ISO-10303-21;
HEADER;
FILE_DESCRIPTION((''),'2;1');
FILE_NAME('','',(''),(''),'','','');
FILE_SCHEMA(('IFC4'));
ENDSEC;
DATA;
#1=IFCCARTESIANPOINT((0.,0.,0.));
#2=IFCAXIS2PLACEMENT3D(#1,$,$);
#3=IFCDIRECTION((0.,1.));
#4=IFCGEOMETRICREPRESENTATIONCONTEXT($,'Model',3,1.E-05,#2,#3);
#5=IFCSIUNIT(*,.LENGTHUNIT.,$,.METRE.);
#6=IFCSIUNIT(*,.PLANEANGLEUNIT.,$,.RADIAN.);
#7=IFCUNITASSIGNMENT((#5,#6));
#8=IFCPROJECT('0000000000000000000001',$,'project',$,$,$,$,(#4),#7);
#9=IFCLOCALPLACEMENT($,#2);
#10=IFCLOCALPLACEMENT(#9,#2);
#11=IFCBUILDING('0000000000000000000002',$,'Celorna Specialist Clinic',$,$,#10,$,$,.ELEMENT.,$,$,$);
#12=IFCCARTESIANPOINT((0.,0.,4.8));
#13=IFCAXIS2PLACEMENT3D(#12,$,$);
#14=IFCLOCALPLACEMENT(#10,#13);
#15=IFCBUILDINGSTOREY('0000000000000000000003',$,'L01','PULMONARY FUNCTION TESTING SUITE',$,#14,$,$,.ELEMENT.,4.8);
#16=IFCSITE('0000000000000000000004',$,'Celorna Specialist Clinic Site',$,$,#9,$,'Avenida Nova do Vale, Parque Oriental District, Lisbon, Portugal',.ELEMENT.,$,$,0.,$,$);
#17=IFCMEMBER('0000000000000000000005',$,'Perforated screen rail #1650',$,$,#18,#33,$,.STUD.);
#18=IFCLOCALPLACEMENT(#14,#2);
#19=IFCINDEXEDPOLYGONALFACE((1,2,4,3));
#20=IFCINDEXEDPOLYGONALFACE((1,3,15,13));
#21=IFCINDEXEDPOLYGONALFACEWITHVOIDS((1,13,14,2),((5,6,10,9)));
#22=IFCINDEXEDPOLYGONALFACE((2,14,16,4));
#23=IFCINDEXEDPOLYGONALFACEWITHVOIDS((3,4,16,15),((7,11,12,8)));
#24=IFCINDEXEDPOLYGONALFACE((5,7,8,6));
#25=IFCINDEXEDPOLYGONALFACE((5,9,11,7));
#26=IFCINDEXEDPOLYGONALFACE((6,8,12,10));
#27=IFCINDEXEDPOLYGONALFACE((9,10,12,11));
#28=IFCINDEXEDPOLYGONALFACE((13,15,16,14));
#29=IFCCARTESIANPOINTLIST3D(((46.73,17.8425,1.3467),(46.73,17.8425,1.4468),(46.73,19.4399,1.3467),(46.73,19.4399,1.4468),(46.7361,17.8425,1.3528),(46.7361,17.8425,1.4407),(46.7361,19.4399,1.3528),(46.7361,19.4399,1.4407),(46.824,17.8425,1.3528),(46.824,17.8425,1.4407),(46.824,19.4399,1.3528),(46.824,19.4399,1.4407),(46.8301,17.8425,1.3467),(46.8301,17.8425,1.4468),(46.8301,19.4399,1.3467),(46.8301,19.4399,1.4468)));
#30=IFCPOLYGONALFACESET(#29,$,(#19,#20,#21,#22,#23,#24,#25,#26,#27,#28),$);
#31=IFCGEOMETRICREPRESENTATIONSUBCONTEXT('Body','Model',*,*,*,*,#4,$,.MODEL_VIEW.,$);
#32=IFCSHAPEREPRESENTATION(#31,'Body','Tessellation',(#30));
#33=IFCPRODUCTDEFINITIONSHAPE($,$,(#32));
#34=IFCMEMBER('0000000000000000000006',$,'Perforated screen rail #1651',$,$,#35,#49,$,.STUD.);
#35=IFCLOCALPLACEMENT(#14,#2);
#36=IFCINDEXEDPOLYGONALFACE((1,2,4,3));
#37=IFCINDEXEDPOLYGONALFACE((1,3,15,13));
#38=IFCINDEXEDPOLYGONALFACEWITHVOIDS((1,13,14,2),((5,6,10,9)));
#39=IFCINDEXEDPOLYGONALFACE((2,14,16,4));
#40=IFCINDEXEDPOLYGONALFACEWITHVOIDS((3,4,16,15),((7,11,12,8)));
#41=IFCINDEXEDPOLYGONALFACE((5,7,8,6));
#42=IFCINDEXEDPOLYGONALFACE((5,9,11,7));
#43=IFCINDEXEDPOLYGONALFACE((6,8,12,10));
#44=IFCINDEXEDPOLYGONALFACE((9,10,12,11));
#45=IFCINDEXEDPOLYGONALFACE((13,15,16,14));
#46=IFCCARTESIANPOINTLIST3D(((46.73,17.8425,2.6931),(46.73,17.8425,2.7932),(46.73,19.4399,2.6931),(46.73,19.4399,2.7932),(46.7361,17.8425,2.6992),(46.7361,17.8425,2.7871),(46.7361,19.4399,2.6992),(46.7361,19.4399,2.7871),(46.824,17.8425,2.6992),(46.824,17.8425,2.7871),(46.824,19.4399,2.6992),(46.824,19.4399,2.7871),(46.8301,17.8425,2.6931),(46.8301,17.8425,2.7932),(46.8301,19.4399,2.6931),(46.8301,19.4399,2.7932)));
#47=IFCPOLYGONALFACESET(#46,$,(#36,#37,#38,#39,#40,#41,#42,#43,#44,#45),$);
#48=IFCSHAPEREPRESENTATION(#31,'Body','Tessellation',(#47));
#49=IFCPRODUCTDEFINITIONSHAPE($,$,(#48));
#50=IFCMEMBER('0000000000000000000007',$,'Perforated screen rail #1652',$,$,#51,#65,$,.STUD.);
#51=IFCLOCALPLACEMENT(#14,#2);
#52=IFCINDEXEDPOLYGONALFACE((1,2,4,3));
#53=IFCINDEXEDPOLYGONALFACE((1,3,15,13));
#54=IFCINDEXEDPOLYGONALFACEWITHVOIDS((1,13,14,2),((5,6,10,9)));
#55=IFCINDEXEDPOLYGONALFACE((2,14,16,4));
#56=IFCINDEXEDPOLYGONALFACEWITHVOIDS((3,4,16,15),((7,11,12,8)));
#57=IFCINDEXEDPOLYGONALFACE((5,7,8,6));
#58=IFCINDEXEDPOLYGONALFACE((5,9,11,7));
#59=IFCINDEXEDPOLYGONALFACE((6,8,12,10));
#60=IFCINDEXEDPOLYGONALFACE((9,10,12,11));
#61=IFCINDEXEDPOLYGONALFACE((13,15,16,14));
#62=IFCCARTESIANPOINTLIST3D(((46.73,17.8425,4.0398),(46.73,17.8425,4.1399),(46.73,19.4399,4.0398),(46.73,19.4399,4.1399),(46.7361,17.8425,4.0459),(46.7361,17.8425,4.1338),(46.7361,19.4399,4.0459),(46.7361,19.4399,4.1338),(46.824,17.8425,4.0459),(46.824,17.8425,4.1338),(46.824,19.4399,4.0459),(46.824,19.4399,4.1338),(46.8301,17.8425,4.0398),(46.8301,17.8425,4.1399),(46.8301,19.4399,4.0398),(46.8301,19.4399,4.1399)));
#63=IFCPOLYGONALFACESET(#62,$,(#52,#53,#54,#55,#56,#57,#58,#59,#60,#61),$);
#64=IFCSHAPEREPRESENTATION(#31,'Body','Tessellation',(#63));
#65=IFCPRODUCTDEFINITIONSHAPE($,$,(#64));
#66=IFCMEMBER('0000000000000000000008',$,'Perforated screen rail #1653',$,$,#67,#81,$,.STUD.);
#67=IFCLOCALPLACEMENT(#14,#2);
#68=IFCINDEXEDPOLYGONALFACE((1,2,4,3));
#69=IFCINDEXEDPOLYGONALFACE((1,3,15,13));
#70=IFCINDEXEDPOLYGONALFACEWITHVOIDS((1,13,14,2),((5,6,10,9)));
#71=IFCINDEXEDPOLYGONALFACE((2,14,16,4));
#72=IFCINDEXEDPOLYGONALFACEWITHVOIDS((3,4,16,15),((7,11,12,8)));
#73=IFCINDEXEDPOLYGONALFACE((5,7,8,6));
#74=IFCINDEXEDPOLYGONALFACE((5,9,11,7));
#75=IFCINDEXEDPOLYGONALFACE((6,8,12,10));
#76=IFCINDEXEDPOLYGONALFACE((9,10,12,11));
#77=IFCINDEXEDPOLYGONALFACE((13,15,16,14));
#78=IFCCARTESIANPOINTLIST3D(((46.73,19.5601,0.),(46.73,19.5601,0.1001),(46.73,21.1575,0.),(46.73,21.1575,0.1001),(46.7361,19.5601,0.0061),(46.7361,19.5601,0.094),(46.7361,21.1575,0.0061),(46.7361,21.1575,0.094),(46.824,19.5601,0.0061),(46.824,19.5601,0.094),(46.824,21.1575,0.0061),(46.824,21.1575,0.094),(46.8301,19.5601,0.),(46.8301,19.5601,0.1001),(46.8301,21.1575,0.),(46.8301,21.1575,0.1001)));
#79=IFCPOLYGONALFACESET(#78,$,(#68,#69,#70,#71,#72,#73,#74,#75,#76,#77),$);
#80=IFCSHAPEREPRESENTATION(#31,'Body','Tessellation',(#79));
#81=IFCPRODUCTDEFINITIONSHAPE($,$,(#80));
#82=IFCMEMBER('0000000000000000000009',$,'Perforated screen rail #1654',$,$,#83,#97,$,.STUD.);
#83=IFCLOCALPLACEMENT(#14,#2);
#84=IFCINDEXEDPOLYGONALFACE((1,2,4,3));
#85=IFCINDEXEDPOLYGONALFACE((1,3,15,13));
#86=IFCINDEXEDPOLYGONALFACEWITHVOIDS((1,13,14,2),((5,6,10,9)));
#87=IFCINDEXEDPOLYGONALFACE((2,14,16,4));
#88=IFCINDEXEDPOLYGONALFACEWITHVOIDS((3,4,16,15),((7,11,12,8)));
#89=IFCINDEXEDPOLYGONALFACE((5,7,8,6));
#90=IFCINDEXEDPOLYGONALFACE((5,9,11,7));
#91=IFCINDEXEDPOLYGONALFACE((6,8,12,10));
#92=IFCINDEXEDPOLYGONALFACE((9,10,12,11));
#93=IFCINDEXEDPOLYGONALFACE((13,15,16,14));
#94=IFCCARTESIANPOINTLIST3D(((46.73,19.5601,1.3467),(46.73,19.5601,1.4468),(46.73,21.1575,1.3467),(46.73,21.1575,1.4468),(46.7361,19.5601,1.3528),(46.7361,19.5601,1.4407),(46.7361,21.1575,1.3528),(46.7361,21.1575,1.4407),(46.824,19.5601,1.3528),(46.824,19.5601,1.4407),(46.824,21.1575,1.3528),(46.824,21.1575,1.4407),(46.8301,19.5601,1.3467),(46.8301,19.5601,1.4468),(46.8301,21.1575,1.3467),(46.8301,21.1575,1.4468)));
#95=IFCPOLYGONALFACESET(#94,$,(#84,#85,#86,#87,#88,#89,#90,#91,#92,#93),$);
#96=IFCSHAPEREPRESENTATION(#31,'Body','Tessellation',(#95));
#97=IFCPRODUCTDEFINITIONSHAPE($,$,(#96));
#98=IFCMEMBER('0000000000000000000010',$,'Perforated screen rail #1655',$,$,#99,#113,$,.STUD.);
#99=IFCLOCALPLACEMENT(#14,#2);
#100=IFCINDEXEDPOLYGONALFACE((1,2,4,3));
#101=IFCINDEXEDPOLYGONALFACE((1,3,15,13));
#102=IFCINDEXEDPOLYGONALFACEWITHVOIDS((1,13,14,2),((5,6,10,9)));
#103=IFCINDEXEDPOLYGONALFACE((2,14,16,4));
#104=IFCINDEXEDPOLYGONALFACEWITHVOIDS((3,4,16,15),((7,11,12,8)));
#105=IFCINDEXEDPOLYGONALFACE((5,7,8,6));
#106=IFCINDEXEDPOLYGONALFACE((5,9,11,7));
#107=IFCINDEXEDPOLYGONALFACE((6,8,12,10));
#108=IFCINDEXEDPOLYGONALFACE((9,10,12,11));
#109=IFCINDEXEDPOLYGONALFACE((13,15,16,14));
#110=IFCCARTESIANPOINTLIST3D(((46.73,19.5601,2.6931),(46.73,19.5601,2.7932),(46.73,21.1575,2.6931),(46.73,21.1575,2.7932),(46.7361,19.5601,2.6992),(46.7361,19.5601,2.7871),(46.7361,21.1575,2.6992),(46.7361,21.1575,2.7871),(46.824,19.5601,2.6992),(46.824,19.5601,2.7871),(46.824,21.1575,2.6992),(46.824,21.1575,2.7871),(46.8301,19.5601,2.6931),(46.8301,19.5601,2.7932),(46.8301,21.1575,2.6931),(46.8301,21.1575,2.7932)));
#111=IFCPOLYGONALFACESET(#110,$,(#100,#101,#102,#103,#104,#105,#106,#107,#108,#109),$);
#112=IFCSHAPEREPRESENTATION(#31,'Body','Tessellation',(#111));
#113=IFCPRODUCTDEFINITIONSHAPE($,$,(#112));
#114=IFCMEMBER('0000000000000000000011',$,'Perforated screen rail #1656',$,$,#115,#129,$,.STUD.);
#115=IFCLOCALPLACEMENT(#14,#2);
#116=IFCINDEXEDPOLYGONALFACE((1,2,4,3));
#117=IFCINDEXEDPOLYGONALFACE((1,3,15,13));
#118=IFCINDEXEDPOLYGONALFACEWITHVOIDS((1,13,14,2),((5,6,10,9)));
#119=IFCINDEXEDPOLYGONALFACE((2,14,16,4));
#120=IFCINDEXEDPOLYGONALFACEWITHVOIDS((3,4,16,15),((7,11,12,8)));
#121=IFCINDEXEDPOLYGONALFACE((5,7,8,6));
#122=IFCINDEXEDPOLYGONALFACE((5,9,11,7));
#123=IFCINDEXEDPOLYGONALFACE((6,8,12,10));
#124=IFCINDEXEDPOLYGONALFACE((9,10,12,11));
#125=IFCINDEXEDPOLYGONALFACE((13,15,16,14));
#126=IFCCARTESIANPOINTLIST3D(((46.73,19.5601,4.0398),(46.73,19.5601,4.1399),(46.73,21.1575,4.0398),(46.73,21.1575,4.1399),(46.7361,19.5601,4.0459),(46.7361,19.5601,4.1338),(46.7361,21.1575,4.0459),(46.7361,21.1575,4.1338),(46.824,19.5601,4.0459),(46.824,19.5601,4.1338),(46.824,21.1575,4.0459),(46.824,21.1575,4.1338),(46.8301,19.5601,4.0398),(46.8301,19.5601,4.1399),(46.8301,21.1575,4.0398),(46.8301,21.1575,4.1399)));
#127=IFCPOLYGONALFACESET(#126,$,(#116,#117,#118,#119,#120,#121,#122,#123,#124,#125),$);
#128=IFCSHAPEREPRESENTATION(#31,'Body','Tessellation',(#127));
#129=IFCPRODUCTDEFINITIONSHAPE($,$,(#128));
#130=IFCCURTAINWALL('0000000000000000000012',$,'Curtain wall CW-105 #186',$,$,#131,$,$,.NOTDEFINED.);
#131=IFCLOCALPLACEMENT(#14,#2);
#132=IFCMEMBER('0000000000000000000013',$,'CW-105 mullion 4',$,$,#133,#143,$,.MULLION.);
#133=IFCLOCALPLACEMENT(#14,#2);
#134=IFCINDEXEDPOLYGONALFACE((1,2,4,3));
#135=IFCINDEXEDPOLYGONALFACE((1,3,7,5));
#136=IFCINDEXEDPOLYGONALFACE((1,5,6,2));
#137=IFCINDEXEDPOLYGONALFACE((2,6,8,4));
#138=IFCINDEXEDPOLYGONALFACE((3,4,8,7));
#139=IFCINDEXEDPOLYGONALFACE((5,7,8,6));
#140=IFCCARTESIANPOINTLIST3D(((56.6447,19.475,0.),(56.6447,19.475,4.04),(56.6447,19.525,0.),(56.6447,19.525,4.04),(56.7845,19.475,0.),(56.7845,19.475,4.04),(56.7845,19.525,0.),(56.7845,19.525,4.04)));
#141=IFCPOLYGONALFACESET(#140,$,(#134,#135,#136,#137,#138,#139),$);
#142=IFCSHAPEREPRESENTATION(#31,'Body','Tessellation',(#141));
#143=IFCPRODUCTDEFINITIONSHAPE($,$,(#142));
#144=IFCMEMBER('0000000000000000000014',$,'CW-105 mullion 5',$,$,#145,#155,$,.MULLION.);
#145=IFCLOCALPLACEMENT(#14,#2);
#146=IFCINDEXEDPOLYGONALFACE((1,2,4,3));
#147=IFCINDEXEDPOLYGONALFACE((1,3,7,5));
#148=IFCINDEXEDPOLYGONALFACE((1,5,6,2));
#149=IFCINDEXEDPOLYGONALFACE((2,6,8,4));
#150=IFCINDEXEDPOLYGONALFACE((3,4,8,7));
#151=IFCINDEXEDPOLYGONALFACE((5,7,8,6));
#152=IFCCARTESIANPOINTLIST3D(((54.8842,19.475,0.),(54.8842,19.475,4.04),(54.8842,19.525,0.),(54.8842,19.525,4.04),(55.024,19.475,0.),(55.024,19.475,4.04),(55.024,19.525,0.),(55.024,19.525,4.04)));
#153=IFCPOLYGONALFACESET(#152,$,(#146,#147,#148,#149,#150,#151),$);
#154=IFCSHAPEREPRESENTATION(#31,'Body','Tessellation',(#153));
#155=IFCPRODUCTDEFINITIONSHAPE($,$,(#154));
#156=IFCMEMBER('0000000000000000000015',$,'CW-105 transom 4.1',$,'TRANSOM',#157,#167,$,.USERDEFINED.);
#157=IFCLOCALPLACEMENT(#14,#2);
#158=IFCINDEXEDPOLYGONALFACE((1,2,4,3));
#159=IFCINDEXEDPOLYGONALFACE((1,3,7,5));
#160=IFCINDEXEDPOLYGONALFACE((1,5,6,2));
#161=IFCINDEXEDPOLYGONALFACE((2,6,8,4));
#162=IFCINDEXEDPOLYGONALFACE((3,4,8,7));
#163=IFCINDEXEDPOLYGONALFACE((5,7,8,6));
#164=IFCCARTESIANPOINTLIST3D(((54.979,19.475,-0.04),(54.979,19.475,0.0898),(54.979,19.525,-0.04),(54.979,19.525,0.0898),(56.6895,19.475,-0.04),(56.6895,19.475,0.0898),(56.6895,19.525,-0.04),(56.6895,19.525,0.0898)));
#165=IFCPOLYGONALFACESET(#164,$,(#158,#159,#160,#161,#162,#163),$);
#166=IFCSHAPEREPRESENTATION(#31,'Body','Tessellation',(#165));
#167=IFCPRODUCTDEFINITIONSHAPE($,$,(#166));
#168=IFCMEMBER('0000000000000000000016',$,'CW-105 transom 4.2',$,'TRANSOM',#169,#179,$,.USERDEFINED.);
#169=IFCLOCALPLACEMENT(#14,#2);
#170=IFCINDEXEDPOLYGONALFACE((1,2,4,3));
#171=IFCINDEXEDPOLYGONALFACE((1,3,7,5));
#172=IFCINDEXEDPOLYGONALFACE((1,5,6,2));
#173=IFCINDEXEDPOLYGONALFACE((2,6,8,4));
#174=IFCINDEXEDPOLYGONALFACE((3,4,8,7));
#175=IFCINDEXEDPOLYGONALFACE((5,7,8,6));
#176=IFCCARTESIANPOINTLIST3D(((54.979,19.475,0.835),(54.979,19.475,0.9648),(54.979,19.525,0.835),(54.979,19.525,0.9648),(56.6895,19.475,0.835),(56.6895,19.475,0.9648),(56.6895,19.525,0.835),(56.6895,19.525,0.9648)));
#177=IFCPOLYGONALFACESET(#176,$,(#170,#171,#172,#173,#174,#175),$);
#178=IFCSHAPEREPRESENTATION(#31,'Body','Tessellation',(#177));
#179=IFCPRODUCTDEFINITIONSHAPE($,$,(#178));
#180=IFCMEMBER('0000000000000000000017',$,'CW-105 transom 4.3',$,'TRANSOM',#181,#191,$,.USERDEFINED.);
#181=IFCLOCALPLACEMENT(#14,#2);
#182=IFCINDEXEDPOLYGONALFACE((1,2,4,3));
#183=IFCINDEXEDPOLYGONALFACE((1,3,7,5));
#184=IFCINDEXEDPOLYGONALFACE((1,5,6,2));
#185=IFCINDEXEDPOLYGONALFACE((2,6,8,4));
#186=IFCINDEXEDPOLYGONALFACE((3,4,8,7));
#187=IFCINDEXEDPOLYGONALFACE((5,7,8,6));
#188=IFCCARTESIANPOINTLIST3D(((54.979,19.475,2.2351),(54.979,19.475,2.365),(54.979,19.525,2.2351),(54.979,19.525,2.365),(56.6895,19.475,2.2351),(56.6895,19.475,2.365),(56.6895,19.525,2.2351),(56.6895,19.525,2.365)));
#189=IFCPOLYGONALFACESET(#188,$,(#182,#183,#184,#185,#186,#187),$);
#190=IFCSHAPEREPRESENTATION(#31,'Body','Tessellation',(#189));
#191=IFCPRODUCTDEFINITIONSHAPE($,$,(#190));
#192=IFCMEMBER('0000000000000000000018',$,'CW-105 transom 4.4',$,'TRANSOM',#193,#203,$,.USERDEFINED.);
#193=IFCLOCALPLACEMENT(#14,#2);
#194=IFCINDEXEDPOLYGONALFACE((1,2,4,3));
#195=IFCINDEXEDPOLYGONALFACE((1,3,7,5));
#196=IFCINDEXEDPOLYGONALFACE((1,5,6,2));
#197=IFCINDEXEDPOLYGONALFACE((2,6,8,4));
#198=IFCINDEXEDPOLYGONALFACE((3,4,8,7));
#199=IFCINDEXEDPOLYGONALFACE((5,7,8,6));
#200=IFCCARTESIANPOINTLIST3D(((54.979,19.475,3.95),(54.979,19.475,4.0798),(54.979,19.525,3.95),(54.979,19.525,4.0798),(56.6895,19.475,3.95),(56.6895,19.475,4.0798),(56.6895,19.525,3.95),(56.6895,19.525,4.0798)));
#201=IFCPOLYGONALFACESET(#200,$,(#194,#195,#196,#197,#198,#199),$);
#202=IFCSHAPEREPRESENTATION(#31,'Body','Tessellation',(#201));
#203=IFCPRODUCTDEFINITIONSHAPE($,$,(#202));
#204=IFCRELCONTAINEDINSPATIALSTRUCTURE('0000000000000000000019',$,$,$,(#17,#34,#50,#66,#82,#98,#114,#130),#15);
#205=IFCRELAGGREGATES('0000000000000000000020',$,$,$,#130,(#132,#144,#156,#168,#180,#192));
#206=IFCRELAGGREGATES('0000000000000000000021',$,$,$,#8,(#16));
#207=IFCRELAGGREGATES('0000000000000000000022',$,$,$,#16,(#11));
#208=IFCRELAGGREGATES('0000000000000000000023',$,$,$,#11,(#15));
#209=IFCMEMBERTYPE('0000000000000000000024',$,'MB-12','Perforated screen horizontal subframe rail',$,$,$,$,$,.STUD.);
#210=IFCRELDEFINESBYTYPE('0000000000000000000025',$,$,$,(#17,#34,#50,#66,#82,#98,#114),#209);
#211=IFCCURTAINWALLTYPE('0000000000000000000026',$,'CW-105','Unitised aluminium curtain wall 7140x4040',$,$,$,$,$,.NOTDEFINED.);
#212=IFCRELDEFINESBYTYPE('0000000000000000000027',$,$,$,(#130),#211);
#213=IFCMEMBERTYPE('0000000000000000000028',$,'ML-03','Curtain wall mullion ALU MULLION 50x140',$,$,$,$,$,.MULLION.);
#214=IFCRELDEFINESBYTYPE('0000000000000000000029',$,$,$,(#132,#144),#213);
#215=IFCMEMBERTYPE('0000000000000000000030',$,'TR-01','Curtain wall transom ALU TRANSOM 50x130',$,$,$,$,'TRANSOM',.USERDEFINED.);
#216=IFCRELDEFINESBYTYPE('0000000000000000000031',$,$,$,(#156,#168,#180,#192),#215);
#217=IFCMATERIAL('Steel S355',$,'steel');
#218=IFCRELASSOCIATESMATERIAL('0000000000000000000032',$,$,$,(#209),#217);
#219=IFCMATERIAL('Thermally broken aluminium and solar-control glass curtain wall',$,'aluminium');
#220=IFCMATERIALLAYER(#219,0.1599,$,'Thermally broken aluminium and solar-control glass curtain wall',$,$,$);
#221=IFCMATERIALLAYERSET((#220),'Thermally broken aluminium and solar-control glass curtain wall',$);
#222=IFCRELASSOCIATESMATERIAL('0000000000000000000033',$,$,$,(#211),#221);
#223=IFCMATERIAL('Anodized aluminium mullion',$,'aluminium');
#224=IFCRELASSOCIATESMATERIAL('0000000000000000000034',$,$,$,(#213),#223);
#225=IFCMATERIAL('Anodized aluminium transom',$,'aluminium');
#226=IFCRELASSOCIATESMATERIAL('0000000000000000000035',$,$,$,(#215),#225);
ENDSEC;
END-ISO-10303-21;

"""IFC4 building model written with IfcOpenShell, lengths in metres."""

from ifc_helpers import new_model, si_unit, direction, frame, origin, origin_2d, place, context, subcontext, project, spatial, rectangle, hollow_rectangle, extrude, material, layer, layer_set, material_profile, profile_set, type_object, element, aggregate, save


model = new_model("IFC4")

# Units and contexts
model_context = context("Model", 3, precision=1e-05, world=origin(), true_north=direction((0.0, 1.0)))
body_context = subcontext(model_context, "Body", "Model", "MODEL_VIEW")
ifc_project = project(units=[si_unit("LENGTHUNIT", "METRE"), si_unit("PLANEANGLEUNIT", "RADIAN")], contexts=[model_context])

# Site, building, storey
site_placement = place(None, origin())
site = spatial("IfcSite", under=ifc_project, at=site_placement, Name="Celorna Specialist Clinic Site", LongName="Avenida Nova do Vale, Parque Oriental District, Lisbon, Portugal", CompositionType="ELEMENT", RefElevation=0.0)
building_placement = place(site_placement, origin())
building = spatial("IfcBuilding", under=site, at=building_placement, Name="Celorna Specialist Clinic", CompositionType="ELEMENT")
storey_placement = place(building_placement, frame((0.0, 0.0, 4.8)))
storey = spatial("IfcBuildingStorey", under=building, at=storey_placement, Name="L01", Description="PULMONARY FUNCTION TESTING SUITE", CompositionType="ELEMENT", Elevation=4.8)

# Shared definitions
ifc_material_1 = material(Name="Steel S355", Category="steel")

# Members
ifc_material_profile_1 = material_profile(ifc_material_1, hollow_rectangle(XDim=0.1001, YDim=0.1001, WallThickness=0.0061, at=origin_2d()), Name="SHS 100x100x6")
ifc_profile_set_1 = profile_set([ifc_material_profile_1], Name="Steel S355")
member_type_1 = type_object("IfcMemberType", Name="MB-12", Description="Perforated screen horizontal subframe rail", PredefinedType="STUD", material=ifc_profile_set_1)
for number, where, z_axis, x_axis, name in (
    (1, (46.78, 17.8425, 1.3967), (0.0, 1.0, 0.0), (-1.0, 0.0, 0.0), "Perforated screen rail #1650"),
    (2, (46.78, 17.8425, 2.7432), (0.0, 1.0, 0.0), (-1.0, 0.0, 0.0), "Perforated screen rail #1651"),
    (3, (46.78, 17.8425, 4.0898), (0.0, 1.0, 0.0), (-1.0, 0.0, 0.0), "Perforated screen rail #1652"),
    (4, (46.78, 19.5601, 0.05), (0.0, 1.0, 0.0), (-1.0, 0.0, 0.0), "Perforated screen rail #1653"),
    (5, (46.78, 19.5601, 1.3967), (0.0, 1.0, 0.0), (-1.0, 0.0, 0.0), "Perforated screen rail #1654"),
    (6, (46.78, 19.5601, 2.7432), (0.0, 1.0, 0.0), (-1.0, 0.0, 0.0), "Perforated screen rail #1655"),
    (7, (46.78, 19.5601, 4.0898), (0.0, 1.0, 0.0), (-1.0, 0.0, 0.0), "Perforated screen rail #1656"),
):
    element("IfcMember", number, at=place(storey_placement, frame(where, z_axis=z_axis, x_axis=x_axis)), inside=storey, type_object=member_type_1, Name=name, PredefinedType="STUD", context=body_context, shape_type="SweptSolid", body=[
        extrude(hollow_rectangle(XDim=0.1001, YDim=0.1001, WallThickness=0.0061, at=origin_2d()), origin(), (0.0, 0.0, 1.0), 1.5974),
    ])

# Curtain wall, members
ifc_material_2 = material(Name="Thermally broken aluminium and solar-control glass curtain wall", Category="aluminium")
ifc_layer_1 = layer(ifc_material_2, 0.1599, Name="Thermally broken aluminium and solar-control glass curtain wall")
ifc_layer_set_1 = layer_set([ifc_layer_1], Name="Thermally broken aluminium and solar-control glass curtain wall")
curtain_wall_type = type_object("IfcCurtainWallType", Name="CW-105", Description="Unitised aluminium curtain wall 7140x4040", PredefinedType="NOTDEFINED", material=ifc_layer_set_1)
curtain_wall_placement = place(storey_placement, origin())
curtain_wall = element("IfcCurtainWall", 8, at=curtain_wall_placement, inside=storey, type_object=curtain_wall_type, Name="Curtain wall CW-105 #186", PredefinedType="NOTDEFINED")
ifc_material_3 = material(Name="Anodized aluminium mullion", Category="aluminium")
ifc_material_profile_2 = material_profile(ifc_material_3, rectangle(XDim=0.05, YDim=0.1399, at=origin_2d()), Name="ALU MULLION 50x140")
ifc_profile_set_2 = profile_set([ifc_material_profile_2], Name="Anodized aluminium mullion")
member_type_2 = type_object("IfcMemberType", Name="ML-03", Description="Curtain wall mullion ALU MULLION 50x140", PredefinedType="MULLION", material=ifc_profile_set_2)
member_1_placement = place(storey_placement, frame((56.7146, 19.5, 0.0), z_axis=(0.0, 0.0, 1.0), x_axis=(0.0, -1.0, 0.0)))
member_1 = element("IfcMember", 9, at=member_1_placement, type_object=member_type_2, Name="CW-105 mullion 4", PredefinedType="MULLION", context=body_context, shape_type="SweptSolid", body=[
    extrude(rectangle(XDim=0.05, YDim=0.1399, at=origin_2d()), origin(), (0.0, 0.0, 1.0), 4.04),
])
member_2_placement = place(storey_placement, frame((54.9541, 19.5, 0.0), z_axis=(0.0, 0.0, 1.0), x_axis=(0.0, -1.0, 0.0)))
member_2 = element("IfcMember", 10, at=member_2_placement, type_object=member_type_2, Name="CW-105 mullion 5", PredefinedType="MULLION", context=body_context, shape_type="SweptSolid", body=[
    extrude(rectangle(XDim=0.05, YDim=0.1399, at=origin_2d()), origin(), (0.0, 0.0, 1.0), 4.04),
])
ifc_material_4 = material(Name="Anodized aluminium transom", Category="aluminium")
ifc_material_profile_3 = material_profile(ifc_material_4, rectangle(XDim=0.05, YDim=0.1299, at=origin_2d()), Name="ALU TRANSOM 50x130")
ifc_profile_set_3 = profile_set([ifc_material_profile_3], Name="Anodized aluminium transom")
member_type_3 = type_object("IfcMemberType", Name="TR-01", Description="Curtain wall transom ALU TRANSOM 50x130", ElementType="TRANSOM", PredefinedType="USERDEFINED", material=ifc_profile_set_3)
member_3_placement = place(storey_placement, frame((56.6895, 19.5, 0.0249), z_axis=(-1.0, 0.0, 0.0), x_axis=(0.0, -1.0, 0.0)))
member_3 = element("IfcMember", 11, at=member_3_placement, type_object=member_type_3, Name="CW-105 transom 4.1", ObjectType="TRANSOM", PredefinedType="USERDEFINED", context=body_context, shape_type="SweptSolid", body=[
    extrude(rectangle(XDim=0.05, YDim=0.1299, at=origin_2d()), origin(), (0.0, 0.0, 1.0), 1.7104),
])
member_4_placement = place(storey_placement, frame((56.6895, 19.5, 0.8999), z_axis=(-1.0, 0.0, 0.0), x_axis=(0.0, -1.0, 0.0)))
member_4 = element("IfcMember", 12, at=member_4_placement, type_object=member_type_3, Name="CW-105 transom 4.2", ObjectType="TRANSOM", PredefinedType="USERDEFINED", context=body_context, shape_type="SweptSolid", body=[
    extrude(rectangle(XDim=0.05, YDim=0.1299, at=origin_2d()), origin(), (0.0, 0.0, 1.0), 1.7104),
])
member_5_placement = place(storey_placement, frame((56.6895, 19.5, 2.3), z_axis=(-1.0, 0.0, 0.0), x_axis=(0.0, -1.0, 0.0)))
member_5 = element("IfcMember", 13, at=member_5_placement, type_object=member_type_3, Name="CW-105 transom 4.3", ObjectType="TRANSOM", PredefinedType="USERDEFINED", context=body_context, shape_type="SweptSolid", body=[
    extrude(rectangle(XDim=0.05, YDim=0.1299, at=origin_2d()), origin(), (0.0, 0.0, 1.0), 1.7104),
])
member_6_placement = place(storey_placement, frame((56.6895, 19.5, 4.0149), z_axis=(-1.0, 0.0, 0.0), x_axis=(0.0, -1.0, 0.0)))
member_6 = element("IfcMember", 14, at=member_6_placement, type_object=member_type_3, Name="CW-105 transom 4.4", ObjectType="TRANSOM", PredefinedType="USERDEFINED", context=body_context, shape_type="SweptSolid", body=[
    extrude(rectangle(XDim=0.05, YDim=0.1299, at=origin_2d()), origin(), (0.0, 0.0, 1.0), 1.7104),
])
aggregate(curtain_wall, [member_1, member_2, member_3, member_4, member_5, member_6])

save(model, "model.ifc")
